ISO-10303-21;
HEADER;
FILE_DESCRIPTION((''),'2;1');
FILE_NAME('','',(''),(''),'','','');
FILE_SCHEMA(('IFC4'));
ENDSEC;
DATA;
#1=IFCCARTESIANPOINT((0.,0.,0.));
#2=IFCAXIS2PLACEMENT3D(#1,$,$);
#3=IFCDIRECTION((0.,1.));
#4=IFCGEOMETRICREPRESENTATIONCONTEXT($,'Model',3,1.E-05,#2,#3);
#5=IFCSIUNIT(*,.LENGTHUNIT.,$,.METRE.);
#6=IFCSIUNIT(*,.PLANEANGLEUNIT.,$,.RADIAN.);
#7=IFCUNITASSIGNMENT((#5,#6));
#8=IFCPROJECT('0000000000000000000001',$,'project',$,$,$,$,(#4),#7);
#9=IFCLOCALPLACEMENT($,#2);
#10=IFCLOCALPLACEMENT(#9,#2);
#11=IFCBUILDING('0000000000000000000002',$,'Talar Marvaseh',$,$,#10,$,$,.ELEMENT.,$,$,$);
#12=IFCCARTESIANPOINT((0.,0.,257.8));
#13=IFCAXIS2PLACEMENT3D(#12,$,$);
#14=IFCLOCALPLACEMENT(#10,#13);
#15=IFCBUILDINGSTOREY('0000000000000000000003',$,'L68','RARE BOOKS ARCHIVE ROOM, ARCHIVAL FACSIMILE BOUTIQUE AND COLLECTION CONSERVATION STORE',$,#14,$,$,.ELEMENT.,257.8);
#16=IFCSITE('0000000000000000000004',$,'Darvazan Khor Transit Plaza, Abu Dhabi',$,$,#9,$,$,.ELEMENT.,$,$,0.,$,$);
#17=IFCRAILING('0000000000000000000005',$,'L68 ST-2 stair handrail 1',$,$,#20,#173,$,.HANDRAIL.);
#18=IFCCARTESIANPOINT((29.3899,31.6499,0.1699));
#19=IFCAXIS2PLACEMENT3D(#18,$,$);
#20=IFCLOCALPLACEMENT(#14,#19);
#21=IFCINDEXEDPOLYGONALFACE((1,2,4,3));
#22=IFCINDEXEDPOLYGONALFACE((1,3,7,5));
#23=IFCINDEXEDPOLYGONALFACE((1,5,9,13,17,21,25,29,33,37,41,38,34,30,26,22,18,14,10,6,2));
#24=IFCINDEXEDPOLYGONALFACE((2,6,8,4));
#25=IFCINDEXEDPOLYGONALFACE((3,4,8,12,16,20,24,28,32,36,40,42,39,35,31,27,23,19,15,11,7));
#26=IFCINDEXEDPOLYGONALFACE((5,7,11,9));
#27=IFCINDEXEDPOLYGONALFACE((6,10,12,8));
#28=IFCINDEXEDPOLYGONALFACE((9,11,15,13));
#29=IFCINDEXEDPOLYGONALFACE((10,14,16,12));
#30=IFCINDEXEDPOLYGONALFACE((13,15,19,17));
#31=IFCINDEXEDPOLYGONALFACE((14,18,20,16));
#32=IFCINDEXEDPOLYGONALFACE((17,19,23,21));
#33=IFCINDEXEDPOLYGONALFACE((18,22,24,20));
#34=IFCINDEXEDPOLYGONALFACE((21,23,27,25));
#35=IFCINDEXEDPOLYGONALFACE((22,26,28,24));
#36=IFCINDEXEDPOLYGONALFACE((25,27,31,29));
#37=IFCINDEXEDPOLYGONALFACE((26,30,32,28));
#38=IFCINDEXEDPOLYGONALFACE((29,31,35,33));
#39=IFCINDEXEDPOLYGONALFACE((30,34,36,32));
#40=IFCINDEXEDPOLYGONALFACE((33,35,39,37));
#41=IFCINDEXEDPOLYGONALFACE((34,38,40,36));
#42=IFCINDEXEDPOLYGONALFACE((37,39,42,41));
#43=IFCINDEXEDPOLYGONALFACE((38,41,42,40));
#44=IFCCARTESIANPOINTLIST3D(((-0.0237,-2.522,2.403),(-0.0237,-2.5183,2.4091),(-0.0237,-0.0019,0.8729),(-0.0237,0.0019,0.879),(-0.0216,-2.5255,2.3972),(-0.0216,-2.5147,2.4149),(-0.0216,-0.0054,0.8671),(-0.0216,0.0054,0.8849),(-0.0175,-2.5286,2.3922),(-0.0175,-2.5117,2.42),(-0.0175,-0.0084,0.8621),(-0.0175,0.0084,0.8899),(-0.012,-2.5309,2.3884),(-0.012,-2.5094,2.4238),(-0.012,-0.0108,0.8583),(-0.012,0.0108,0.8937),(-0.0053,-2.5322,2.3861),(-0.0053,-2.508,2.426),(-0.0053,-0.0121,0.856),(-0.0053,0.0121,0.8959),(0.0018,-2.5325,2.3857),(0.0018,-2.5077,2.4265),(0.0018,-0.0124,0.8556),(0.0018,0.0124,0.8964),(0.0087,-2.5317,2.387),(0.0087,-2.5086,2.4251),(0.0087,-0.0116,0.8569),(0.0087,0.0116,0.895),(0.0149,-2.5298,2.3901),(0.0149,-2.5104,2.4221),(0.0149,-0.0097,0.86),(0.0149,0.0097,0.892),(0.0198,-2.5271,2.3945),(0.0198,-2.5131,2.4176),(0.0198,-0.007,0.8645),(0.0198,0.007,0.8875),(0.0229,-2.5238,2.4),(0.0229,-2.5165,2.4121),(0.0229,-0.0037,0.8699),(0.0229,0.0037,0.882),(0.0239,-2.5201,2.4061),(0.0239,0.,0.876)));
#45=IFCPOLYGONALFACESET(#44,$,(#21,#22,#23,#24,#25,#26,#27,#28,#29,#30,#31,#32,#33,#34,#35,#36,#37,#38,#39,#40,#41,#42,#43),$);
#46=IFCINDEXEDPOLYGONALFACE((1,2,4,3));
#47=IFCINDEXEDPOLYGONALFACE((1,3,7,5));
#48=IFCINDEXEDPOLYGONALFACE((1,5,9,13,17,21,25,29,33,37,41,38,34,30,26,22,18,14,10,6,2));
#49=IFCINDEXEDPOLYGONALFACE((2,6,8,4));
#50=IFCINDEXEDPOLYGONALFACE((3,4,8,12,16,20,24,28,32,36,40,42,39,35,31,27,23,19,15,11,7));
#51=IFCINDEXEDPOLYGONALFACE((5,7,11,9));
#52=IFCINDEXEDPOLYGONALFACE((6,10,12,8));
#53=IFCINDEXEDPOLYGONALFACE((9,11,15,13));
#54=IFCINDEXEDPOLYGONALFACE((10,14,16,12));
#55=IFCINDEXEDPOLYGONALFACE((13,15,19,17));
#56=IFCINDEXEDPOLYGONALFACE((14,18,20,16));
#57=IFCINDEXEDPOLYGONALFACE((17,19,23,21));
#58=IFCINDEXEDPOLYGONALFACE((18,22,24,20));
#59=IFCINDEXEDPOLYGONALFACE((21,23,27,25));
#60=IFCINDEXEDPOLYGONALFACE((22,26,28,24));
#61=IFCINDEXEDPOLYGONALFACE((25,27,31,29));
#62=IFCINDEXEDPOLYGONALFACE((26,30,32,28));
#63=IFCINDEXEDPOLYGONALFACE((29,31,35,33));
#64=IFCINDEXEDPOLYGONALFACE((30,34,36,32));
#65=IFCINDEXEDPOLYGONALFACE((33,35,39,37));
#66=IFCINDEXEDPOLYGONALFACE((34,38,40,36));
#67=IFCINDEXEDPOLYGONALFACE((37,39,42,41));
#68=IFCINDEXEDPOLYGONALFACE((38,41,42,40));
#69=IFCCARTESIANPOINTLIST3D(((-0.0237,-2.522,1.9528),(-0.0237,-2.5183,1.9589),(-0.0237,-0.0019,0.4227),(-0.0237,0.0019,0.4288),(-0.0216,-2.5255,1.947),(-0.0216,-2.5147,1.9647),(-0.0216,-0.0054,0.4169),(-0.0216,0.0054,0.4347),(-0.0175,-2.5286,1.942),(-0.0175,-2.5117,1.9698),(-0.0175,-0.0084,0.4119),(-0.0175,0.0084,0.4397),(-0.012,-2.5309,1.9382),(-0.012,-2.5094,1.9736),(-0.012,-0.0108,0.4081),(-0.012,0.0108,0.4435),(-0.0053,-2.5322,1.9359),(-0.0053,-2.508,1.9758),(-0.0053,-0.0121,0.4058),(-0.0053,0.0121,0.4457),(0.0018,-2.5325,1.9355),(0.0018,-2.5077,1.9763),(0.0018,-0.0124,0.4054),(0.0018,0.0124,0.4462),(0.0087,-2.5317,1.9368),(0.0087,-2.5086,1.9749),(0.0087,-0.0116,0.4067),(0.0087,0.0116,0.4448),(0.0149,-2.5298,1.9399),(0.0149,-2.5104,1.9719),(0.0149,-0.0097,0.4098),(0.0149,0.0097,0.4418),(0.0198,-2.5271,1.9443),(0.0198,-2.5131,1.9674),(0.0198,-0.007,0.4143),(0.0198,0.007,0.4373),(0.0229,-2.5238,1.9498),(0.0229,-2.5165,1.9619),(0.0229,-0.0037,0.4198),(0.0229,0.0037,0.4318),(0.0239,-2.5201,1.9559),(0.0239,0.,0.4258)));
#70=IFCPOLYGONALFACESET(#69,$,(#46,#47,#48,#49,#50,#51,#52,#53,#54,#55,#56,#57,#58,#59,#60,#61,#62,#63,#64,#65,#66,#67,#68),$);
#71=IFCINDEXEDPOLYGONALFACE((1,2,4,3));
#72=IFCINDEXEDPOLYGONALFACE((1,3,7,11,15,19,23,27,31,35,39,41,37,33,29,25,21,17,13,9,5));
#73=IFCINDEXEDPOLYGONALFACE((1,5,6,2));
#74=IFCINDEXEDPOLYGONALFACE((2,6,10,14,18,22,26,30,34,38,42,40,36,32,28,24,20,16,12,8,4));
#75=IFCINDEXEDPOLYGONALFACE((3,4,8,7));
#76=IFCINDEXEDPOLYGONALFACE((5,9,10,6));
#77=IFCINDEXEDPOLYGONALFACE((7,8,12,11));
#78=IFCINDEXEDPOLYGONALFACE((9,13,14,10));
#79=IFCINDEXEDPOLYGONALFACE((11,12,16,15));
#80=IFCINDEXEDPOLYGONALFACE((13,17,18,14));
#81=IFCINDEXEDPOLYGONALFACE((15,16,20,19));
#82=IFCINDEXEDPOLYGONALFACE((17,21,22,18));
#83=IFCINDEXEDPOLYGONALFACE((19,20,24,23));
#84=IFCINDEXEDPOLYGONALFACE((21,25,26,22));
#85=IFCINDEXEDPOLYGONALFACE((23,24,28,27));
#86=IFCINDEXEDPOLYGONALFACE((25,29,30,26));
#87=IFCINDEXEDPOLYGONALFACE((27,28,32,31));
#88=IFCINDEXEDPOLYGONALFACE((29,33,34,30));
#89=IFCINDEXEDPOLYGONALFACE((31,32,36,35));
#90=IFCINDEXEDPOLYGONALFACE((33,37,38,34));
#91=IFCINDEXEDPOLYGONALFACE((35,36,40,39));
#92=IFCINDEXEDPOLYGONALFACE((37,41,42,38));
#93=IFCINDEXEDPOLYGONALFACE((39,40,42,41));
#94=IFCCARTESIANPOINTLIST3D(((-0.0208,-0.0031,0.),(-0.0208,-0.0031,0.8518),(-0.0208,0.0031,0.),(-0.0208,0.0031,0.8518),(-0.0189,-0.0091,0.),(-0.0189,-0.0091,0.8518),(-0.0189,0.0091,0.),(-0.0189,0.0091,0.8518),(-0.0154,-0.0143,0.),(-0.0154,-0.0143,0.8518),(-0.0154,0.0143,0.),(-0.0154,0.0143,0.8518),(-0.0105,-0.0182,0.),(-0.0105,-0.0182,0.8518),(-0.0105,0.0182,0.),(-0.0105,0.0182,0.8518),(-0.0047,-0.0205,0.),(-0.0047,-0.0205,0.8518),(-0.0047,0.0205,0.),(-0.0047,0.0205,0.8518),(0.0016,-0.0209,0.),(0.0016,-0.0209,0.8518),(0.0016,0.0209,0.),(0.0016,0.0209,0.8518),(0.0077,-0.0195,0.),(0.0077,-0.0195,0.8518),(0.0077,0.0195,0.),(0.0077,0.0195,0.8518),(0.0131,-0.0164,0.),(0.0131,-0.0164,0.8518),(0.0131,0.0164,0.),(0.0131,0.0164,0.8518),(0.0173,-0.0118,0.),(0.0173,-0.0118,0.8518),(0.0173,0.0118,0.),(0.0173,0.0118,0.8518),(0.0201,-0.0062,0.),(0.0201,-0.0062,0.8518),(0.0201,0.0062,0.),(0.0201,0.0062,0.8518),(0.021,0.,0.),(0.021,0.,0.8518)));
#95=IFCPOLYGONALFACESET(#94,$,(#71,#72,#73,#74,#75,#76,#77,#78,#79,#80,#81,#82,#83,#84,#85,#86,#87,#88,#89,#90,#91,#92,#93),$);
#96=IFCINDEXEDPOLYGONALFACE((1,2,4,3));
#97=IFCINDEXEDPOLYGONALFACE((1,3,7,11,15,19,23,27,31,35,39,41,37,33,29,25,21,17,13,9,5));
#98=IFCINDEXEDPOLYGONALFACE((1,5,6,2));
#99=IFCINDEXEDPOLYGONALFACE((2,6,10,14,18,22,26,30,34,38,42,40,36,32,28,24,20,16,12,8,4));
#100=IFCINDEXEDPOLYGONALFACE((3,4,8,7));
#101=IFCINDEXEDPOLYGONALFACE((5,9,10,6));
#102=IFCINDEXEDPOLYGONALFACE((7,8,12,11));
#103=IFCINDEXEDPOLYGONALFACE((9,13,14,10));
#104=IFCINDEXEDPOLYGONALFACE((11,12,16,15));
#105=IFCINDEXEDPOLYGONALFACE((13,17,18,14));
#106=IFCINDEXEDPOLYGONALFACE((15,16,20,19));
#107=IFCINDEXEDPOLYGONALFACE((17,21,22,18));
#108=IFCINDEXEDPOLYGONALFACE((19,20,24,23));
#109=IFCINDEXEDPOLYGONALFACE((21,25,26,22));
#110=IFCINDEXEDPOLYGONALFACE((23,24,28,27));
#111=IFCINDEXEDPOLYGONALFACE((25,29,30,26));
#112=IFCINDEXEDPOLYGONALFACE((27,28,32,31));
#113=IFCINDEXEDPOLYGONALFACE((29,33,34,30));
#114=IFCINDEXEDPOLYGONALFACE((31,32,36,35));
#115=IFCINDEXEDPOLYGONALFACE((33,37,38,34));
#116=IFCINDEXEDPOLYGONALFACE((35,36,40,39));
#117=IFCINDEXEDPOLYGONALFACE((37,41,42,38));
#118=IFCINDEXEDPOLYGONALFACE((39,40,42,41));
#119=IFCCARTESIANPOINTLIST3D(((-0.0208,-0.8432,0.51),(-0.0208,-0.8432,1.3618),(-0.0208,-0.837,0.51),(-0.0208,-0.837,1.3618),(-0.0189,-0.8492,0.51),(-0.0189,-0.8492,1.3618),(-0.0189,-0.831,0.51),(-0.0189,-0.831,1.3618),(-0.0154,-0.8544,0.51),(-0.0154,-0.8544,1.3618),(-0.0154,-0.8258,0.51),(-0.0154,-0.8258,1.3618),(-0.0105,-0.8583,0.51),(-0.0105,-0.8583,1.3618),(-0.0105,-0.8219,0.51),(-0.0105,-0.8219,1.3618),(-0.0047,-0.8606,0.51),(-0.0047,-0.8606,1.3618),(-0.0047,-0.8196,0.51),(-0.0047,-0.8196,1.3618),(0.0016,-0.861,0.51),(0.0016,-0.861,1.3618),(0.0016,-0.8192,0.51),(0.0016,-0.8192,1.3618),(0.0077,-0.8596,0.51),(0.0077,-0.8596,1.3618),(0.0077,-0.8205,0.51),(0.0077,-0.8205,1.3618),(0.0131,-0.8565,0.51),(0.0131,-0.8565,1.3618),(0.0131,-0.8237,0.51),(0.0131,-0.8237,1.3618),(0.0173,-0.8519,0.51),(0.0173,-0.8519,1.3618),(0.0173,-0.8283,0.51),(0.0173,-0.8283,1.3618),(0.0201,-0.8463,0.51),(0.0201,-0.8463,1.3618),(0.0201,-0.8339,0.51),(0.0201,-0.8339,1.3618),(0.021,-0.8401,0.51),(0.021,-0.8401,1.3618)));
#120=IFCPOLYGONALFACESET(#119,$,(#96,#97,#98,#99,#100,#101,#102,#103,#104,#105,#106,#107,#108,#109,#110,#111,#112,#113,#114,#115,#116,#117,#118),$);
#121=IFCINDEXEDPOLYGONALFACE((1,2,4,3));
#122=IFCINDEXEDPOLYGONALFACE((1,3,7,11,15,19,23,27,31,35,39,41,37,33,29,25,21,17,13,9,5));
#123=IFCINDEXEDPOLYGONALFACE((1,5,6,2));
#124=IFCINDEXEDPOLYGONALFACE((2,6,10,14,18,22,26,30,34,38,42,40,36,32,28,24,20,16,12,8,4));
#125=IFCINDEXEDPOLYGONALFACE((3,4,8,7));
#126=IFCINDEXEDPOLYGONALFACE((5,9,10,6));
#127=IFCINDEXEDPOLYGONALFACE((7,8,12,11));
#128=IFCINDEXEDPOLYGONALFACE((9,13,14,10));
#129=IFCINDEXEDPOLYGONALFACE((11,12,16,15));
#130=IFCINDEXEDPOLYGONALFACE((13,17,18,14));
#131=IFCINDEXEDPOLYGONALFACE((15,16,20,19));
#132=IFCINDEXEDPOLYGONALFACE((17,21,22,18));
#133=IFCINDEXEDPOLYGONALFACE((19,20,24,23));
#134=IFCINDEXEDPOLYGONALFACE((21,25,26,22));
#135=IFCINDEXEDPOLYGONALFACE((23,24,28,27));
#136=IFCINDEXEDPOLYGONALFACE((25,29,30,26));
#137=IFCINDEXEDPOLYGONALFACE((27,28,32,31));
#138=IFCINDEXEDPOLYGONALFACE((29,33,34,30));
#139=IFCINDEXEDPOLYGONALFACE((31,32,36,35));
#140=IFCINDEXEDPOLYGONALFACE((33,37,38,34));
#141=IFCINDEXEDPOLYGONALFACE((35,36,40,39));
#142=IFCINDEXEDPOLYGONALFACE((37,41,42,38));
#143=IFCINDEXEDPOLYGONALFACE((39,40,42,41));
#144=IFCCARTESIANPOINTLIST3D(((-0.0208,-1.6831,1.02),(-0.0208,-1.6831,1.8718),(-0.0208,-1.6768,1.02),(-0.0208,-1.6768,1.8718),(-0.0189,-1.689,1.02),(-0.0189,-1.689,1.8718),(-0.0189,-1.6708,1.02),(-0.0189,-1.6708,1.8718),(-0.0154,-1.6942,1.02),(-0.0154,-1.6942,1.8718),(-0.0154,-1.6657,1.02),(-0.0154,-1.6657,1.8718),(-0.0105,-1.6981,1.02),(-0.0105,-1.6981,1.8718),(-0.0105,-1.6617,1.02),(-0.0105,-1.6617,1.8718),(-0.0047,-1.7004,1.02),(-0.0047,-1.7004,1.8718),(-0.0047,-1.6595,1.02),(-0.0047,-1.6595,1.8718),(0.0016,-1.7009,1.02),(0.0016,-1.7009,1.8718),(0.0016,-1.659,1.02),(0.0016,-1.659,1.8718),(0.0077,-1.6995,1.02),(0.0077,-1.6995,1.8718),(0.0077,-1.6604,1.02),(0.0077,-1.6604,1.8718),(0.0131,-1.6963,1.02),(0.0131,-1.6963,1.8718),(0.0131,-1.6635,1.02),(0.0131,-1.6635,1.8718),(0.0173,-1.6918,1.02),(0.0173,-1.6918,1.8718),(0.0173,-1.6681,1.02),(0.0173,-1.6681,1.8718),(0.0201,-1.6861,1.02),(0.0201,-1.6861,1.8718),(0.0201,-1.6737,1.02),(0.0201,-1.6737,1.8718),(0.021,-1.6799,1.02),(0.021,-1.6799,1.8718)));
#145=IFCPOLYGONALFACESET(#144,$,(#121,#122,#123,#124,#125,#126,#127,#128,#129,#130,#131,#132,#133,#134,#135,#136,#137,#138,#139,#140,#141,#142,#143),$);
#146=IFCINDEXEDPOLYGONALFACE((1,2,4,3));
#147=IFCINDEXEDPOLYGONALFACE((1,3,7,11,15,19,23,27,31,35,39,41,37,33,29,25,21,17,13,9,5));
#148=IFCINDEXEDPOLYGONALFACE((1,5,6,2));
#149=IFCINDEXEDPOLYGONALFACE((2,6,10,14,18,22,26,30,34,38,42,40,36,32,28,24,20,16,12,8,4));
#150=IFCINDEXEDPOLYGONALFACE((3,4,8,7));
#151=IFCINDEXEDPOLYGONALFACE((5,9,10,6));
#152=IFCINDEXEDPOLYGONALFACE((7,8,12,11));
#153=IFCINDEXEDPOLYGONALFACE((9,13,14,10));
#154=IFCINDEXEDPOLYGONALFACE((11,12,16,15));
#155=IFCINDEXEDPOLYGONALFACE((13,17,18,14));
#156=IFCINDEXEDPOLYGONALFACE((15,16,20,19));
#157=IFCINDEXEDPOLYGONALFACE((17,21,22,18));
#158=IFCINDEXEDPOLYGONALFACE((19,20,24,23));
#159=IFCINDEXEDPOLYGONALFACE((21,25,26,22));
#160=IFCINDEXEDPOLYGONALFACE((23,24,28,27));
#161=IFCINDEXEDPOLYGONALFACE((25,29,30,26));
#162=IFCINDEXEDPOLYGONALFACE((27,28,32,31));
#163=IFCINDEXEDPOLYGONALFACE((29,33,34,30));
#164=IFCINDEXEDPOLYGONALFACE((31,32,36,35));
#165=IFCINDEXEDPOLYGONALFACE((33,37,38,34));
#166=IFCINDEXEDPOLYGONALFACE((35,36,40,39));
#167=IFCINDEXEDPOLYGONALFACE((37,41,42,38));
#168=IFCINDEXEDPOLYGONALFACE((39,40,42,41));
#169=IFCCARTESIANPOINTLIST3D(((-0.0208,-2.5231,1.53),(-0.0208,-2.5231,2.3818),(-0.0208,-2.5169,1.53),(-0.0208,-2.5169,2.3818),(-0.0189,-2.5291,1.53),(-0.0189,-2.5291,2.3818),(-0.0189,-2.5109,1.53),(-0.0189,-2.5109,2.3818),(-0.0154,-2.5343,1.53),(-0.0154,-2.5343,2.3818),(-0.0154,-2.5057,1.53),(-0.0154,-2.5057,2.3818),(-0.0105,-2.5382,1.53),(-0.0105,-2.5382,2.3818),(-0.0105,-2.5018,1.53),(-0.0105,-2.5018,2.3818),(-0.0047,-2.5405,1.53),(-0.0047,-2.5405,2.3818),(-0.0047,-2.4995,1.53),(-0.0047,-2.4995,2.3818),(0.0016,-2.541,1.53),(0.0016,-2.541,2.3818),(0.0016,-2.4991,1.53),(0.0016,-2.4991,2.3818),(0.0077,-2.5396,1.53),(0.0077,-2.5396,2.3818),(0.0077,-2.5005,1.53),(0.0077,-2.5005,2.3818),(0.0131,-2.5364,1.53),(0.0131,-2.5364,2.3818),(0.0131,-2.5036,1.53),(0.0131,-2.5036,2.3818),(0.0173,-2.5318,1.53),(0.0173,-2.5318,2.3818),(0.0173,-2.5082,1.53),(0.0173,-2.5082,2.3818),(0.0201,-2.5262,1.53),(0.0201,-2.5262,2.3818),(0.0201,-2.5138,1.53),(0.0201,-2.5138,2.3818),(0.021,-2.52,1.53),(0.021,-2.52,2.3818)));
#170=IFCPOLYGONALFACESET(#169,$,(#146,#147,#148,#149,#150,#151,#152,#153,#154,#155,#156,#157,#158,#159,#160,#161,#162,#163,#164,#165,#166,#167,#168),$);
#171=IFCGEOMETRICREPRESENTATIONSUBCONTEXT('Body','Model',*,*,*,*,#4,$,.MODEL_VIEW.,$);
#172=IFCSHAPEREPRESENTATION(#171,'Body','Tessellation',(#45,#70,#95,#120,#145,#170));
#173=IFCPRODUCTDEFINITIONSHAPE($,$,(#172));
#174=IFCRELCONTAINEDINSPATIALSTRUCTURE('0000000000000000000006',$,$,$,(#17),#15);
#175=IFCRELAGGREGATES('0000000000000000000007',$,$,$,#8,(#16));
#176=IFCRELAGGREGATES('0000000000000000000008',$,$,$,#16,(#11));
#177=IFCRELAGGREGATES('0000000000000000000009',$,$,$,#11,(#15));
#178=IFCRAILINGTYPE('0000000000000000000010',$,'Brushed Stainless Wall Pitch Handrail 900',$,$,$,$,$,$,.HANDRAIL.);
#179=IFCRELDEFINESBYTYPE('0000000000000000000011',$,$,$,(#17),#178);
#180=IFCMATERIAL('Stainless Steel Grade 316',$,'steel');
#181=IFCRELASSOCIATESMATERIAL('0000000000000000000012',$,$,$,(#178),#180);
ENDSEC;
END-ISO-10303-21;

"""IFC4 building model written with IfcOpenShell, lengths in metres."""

from ifc_helpers import new_model, si_unit, direction, frame, origin, origin_2d, place, context, subcontext, project, spatial, circle, extrude, material, type_object, element, save


model = new_model("IFC4")

# Units and contexts
model_context = context("Model", 3, precision=1e-05, world=origin(), true_north=direction((0.0, 1.0)))
body_context = subcontext(model_context, "Body", "Model", "MODEL_VIEW")
ifc_project = project(units=[si_unit("LENGTHUNIT", "METRE"), si_unit("PLANEANGLEUNIT", "RADIAN")], contexts=[model_context])

# Site, building, storey
site_placement = place(None, origin())
site = spatial("IfcSite", under=ifc_project, at=site_placement, Name="Darvazan Khor Transit Plaza, Abu Dhabi", CompositionType="ELEMENT", RefElevation=0.0)
building_placement = place(site_placement, origin())
building = spatial("IfcBuilding", under=site, at=building_placement, Name="Talar Marvaseh", CompositionType="ELEMENT")
storey_placement = place(building_placement, frame((0.0, 0.0, 257.8)))
storey = spatial("IfcBuildingStorey", under=building, at=storey_placement, Name="L68", Description="RARE BOOKS ARCHIVE ROOM, ARCHIVAL FACSIMILE BOUTIQUE AND COLLECTION CONSERVATION STORE", CompositionType="ELEMENT", Elevation=257.8)

# Shared definitions
ifc_material_1 = material(Name="Stainless Steel Grade 316", Category="steel")

# Railing
railing_type_1 = type_object("IfcRailingType", Name="Brushed Stainless Wall Pitch Handrail 900", PredefinedType="HANDRAIL", material=ifc_material_1)
railing_1_placement = place(storey_placement, frame((29.3899, 31.6499, 0.1699)))
element("IfcRailing", 1, at=railing_1_placement, inside=storey, type_object=railing_type_1, Name="L68 ST-2 stair handrail 1", PredefinedType="HANDRAIL", context=body_context, shape_type="SweptSolid", body=[
    extrude(circle(Radius=0.0239, at=origin_2d()), frame((0.0, 0.0, 0.876), z_axis=(0.0, -0.854785, 0.518982), x_axis=(1.0, 0.0, 0.0)), (0.0, 0.0, 1.0), 2.9482),
    extrude(circle(Radius=0.0239, at=origin_2d()), frame((0.0, 0.0, 0.4258), z_axis=(0.0, -0.854785, 0.518982), x_axis=(1.0, 0.0, 0.0)), (0.0, 0.0, 1.0), 2.9482),
    extrude(circle(Radius=0.021, at=origin_2d()), origin(), (0.0, 0.0, 1.0), 0.8518),
    extrude(circle(Radius=0.021, at=origin_2d()), frame((0.0, -0.8401, 0.51)), (0.0, 0.0, 1.0), 0.8518),
    extrude(circle(Radius=0.021, at=origin_2d()), frame((0.0, -1.6799, 1.02)), (0.0, 0.0, 1.0), 0.8518),
    extrude(circle(Radius=0.021, at=origin_2d()), frame((0.0, -2.52, 1.53)), (0.0, 0.0, 1.0), 0.8518),
])

save(model, "model.ifc")
